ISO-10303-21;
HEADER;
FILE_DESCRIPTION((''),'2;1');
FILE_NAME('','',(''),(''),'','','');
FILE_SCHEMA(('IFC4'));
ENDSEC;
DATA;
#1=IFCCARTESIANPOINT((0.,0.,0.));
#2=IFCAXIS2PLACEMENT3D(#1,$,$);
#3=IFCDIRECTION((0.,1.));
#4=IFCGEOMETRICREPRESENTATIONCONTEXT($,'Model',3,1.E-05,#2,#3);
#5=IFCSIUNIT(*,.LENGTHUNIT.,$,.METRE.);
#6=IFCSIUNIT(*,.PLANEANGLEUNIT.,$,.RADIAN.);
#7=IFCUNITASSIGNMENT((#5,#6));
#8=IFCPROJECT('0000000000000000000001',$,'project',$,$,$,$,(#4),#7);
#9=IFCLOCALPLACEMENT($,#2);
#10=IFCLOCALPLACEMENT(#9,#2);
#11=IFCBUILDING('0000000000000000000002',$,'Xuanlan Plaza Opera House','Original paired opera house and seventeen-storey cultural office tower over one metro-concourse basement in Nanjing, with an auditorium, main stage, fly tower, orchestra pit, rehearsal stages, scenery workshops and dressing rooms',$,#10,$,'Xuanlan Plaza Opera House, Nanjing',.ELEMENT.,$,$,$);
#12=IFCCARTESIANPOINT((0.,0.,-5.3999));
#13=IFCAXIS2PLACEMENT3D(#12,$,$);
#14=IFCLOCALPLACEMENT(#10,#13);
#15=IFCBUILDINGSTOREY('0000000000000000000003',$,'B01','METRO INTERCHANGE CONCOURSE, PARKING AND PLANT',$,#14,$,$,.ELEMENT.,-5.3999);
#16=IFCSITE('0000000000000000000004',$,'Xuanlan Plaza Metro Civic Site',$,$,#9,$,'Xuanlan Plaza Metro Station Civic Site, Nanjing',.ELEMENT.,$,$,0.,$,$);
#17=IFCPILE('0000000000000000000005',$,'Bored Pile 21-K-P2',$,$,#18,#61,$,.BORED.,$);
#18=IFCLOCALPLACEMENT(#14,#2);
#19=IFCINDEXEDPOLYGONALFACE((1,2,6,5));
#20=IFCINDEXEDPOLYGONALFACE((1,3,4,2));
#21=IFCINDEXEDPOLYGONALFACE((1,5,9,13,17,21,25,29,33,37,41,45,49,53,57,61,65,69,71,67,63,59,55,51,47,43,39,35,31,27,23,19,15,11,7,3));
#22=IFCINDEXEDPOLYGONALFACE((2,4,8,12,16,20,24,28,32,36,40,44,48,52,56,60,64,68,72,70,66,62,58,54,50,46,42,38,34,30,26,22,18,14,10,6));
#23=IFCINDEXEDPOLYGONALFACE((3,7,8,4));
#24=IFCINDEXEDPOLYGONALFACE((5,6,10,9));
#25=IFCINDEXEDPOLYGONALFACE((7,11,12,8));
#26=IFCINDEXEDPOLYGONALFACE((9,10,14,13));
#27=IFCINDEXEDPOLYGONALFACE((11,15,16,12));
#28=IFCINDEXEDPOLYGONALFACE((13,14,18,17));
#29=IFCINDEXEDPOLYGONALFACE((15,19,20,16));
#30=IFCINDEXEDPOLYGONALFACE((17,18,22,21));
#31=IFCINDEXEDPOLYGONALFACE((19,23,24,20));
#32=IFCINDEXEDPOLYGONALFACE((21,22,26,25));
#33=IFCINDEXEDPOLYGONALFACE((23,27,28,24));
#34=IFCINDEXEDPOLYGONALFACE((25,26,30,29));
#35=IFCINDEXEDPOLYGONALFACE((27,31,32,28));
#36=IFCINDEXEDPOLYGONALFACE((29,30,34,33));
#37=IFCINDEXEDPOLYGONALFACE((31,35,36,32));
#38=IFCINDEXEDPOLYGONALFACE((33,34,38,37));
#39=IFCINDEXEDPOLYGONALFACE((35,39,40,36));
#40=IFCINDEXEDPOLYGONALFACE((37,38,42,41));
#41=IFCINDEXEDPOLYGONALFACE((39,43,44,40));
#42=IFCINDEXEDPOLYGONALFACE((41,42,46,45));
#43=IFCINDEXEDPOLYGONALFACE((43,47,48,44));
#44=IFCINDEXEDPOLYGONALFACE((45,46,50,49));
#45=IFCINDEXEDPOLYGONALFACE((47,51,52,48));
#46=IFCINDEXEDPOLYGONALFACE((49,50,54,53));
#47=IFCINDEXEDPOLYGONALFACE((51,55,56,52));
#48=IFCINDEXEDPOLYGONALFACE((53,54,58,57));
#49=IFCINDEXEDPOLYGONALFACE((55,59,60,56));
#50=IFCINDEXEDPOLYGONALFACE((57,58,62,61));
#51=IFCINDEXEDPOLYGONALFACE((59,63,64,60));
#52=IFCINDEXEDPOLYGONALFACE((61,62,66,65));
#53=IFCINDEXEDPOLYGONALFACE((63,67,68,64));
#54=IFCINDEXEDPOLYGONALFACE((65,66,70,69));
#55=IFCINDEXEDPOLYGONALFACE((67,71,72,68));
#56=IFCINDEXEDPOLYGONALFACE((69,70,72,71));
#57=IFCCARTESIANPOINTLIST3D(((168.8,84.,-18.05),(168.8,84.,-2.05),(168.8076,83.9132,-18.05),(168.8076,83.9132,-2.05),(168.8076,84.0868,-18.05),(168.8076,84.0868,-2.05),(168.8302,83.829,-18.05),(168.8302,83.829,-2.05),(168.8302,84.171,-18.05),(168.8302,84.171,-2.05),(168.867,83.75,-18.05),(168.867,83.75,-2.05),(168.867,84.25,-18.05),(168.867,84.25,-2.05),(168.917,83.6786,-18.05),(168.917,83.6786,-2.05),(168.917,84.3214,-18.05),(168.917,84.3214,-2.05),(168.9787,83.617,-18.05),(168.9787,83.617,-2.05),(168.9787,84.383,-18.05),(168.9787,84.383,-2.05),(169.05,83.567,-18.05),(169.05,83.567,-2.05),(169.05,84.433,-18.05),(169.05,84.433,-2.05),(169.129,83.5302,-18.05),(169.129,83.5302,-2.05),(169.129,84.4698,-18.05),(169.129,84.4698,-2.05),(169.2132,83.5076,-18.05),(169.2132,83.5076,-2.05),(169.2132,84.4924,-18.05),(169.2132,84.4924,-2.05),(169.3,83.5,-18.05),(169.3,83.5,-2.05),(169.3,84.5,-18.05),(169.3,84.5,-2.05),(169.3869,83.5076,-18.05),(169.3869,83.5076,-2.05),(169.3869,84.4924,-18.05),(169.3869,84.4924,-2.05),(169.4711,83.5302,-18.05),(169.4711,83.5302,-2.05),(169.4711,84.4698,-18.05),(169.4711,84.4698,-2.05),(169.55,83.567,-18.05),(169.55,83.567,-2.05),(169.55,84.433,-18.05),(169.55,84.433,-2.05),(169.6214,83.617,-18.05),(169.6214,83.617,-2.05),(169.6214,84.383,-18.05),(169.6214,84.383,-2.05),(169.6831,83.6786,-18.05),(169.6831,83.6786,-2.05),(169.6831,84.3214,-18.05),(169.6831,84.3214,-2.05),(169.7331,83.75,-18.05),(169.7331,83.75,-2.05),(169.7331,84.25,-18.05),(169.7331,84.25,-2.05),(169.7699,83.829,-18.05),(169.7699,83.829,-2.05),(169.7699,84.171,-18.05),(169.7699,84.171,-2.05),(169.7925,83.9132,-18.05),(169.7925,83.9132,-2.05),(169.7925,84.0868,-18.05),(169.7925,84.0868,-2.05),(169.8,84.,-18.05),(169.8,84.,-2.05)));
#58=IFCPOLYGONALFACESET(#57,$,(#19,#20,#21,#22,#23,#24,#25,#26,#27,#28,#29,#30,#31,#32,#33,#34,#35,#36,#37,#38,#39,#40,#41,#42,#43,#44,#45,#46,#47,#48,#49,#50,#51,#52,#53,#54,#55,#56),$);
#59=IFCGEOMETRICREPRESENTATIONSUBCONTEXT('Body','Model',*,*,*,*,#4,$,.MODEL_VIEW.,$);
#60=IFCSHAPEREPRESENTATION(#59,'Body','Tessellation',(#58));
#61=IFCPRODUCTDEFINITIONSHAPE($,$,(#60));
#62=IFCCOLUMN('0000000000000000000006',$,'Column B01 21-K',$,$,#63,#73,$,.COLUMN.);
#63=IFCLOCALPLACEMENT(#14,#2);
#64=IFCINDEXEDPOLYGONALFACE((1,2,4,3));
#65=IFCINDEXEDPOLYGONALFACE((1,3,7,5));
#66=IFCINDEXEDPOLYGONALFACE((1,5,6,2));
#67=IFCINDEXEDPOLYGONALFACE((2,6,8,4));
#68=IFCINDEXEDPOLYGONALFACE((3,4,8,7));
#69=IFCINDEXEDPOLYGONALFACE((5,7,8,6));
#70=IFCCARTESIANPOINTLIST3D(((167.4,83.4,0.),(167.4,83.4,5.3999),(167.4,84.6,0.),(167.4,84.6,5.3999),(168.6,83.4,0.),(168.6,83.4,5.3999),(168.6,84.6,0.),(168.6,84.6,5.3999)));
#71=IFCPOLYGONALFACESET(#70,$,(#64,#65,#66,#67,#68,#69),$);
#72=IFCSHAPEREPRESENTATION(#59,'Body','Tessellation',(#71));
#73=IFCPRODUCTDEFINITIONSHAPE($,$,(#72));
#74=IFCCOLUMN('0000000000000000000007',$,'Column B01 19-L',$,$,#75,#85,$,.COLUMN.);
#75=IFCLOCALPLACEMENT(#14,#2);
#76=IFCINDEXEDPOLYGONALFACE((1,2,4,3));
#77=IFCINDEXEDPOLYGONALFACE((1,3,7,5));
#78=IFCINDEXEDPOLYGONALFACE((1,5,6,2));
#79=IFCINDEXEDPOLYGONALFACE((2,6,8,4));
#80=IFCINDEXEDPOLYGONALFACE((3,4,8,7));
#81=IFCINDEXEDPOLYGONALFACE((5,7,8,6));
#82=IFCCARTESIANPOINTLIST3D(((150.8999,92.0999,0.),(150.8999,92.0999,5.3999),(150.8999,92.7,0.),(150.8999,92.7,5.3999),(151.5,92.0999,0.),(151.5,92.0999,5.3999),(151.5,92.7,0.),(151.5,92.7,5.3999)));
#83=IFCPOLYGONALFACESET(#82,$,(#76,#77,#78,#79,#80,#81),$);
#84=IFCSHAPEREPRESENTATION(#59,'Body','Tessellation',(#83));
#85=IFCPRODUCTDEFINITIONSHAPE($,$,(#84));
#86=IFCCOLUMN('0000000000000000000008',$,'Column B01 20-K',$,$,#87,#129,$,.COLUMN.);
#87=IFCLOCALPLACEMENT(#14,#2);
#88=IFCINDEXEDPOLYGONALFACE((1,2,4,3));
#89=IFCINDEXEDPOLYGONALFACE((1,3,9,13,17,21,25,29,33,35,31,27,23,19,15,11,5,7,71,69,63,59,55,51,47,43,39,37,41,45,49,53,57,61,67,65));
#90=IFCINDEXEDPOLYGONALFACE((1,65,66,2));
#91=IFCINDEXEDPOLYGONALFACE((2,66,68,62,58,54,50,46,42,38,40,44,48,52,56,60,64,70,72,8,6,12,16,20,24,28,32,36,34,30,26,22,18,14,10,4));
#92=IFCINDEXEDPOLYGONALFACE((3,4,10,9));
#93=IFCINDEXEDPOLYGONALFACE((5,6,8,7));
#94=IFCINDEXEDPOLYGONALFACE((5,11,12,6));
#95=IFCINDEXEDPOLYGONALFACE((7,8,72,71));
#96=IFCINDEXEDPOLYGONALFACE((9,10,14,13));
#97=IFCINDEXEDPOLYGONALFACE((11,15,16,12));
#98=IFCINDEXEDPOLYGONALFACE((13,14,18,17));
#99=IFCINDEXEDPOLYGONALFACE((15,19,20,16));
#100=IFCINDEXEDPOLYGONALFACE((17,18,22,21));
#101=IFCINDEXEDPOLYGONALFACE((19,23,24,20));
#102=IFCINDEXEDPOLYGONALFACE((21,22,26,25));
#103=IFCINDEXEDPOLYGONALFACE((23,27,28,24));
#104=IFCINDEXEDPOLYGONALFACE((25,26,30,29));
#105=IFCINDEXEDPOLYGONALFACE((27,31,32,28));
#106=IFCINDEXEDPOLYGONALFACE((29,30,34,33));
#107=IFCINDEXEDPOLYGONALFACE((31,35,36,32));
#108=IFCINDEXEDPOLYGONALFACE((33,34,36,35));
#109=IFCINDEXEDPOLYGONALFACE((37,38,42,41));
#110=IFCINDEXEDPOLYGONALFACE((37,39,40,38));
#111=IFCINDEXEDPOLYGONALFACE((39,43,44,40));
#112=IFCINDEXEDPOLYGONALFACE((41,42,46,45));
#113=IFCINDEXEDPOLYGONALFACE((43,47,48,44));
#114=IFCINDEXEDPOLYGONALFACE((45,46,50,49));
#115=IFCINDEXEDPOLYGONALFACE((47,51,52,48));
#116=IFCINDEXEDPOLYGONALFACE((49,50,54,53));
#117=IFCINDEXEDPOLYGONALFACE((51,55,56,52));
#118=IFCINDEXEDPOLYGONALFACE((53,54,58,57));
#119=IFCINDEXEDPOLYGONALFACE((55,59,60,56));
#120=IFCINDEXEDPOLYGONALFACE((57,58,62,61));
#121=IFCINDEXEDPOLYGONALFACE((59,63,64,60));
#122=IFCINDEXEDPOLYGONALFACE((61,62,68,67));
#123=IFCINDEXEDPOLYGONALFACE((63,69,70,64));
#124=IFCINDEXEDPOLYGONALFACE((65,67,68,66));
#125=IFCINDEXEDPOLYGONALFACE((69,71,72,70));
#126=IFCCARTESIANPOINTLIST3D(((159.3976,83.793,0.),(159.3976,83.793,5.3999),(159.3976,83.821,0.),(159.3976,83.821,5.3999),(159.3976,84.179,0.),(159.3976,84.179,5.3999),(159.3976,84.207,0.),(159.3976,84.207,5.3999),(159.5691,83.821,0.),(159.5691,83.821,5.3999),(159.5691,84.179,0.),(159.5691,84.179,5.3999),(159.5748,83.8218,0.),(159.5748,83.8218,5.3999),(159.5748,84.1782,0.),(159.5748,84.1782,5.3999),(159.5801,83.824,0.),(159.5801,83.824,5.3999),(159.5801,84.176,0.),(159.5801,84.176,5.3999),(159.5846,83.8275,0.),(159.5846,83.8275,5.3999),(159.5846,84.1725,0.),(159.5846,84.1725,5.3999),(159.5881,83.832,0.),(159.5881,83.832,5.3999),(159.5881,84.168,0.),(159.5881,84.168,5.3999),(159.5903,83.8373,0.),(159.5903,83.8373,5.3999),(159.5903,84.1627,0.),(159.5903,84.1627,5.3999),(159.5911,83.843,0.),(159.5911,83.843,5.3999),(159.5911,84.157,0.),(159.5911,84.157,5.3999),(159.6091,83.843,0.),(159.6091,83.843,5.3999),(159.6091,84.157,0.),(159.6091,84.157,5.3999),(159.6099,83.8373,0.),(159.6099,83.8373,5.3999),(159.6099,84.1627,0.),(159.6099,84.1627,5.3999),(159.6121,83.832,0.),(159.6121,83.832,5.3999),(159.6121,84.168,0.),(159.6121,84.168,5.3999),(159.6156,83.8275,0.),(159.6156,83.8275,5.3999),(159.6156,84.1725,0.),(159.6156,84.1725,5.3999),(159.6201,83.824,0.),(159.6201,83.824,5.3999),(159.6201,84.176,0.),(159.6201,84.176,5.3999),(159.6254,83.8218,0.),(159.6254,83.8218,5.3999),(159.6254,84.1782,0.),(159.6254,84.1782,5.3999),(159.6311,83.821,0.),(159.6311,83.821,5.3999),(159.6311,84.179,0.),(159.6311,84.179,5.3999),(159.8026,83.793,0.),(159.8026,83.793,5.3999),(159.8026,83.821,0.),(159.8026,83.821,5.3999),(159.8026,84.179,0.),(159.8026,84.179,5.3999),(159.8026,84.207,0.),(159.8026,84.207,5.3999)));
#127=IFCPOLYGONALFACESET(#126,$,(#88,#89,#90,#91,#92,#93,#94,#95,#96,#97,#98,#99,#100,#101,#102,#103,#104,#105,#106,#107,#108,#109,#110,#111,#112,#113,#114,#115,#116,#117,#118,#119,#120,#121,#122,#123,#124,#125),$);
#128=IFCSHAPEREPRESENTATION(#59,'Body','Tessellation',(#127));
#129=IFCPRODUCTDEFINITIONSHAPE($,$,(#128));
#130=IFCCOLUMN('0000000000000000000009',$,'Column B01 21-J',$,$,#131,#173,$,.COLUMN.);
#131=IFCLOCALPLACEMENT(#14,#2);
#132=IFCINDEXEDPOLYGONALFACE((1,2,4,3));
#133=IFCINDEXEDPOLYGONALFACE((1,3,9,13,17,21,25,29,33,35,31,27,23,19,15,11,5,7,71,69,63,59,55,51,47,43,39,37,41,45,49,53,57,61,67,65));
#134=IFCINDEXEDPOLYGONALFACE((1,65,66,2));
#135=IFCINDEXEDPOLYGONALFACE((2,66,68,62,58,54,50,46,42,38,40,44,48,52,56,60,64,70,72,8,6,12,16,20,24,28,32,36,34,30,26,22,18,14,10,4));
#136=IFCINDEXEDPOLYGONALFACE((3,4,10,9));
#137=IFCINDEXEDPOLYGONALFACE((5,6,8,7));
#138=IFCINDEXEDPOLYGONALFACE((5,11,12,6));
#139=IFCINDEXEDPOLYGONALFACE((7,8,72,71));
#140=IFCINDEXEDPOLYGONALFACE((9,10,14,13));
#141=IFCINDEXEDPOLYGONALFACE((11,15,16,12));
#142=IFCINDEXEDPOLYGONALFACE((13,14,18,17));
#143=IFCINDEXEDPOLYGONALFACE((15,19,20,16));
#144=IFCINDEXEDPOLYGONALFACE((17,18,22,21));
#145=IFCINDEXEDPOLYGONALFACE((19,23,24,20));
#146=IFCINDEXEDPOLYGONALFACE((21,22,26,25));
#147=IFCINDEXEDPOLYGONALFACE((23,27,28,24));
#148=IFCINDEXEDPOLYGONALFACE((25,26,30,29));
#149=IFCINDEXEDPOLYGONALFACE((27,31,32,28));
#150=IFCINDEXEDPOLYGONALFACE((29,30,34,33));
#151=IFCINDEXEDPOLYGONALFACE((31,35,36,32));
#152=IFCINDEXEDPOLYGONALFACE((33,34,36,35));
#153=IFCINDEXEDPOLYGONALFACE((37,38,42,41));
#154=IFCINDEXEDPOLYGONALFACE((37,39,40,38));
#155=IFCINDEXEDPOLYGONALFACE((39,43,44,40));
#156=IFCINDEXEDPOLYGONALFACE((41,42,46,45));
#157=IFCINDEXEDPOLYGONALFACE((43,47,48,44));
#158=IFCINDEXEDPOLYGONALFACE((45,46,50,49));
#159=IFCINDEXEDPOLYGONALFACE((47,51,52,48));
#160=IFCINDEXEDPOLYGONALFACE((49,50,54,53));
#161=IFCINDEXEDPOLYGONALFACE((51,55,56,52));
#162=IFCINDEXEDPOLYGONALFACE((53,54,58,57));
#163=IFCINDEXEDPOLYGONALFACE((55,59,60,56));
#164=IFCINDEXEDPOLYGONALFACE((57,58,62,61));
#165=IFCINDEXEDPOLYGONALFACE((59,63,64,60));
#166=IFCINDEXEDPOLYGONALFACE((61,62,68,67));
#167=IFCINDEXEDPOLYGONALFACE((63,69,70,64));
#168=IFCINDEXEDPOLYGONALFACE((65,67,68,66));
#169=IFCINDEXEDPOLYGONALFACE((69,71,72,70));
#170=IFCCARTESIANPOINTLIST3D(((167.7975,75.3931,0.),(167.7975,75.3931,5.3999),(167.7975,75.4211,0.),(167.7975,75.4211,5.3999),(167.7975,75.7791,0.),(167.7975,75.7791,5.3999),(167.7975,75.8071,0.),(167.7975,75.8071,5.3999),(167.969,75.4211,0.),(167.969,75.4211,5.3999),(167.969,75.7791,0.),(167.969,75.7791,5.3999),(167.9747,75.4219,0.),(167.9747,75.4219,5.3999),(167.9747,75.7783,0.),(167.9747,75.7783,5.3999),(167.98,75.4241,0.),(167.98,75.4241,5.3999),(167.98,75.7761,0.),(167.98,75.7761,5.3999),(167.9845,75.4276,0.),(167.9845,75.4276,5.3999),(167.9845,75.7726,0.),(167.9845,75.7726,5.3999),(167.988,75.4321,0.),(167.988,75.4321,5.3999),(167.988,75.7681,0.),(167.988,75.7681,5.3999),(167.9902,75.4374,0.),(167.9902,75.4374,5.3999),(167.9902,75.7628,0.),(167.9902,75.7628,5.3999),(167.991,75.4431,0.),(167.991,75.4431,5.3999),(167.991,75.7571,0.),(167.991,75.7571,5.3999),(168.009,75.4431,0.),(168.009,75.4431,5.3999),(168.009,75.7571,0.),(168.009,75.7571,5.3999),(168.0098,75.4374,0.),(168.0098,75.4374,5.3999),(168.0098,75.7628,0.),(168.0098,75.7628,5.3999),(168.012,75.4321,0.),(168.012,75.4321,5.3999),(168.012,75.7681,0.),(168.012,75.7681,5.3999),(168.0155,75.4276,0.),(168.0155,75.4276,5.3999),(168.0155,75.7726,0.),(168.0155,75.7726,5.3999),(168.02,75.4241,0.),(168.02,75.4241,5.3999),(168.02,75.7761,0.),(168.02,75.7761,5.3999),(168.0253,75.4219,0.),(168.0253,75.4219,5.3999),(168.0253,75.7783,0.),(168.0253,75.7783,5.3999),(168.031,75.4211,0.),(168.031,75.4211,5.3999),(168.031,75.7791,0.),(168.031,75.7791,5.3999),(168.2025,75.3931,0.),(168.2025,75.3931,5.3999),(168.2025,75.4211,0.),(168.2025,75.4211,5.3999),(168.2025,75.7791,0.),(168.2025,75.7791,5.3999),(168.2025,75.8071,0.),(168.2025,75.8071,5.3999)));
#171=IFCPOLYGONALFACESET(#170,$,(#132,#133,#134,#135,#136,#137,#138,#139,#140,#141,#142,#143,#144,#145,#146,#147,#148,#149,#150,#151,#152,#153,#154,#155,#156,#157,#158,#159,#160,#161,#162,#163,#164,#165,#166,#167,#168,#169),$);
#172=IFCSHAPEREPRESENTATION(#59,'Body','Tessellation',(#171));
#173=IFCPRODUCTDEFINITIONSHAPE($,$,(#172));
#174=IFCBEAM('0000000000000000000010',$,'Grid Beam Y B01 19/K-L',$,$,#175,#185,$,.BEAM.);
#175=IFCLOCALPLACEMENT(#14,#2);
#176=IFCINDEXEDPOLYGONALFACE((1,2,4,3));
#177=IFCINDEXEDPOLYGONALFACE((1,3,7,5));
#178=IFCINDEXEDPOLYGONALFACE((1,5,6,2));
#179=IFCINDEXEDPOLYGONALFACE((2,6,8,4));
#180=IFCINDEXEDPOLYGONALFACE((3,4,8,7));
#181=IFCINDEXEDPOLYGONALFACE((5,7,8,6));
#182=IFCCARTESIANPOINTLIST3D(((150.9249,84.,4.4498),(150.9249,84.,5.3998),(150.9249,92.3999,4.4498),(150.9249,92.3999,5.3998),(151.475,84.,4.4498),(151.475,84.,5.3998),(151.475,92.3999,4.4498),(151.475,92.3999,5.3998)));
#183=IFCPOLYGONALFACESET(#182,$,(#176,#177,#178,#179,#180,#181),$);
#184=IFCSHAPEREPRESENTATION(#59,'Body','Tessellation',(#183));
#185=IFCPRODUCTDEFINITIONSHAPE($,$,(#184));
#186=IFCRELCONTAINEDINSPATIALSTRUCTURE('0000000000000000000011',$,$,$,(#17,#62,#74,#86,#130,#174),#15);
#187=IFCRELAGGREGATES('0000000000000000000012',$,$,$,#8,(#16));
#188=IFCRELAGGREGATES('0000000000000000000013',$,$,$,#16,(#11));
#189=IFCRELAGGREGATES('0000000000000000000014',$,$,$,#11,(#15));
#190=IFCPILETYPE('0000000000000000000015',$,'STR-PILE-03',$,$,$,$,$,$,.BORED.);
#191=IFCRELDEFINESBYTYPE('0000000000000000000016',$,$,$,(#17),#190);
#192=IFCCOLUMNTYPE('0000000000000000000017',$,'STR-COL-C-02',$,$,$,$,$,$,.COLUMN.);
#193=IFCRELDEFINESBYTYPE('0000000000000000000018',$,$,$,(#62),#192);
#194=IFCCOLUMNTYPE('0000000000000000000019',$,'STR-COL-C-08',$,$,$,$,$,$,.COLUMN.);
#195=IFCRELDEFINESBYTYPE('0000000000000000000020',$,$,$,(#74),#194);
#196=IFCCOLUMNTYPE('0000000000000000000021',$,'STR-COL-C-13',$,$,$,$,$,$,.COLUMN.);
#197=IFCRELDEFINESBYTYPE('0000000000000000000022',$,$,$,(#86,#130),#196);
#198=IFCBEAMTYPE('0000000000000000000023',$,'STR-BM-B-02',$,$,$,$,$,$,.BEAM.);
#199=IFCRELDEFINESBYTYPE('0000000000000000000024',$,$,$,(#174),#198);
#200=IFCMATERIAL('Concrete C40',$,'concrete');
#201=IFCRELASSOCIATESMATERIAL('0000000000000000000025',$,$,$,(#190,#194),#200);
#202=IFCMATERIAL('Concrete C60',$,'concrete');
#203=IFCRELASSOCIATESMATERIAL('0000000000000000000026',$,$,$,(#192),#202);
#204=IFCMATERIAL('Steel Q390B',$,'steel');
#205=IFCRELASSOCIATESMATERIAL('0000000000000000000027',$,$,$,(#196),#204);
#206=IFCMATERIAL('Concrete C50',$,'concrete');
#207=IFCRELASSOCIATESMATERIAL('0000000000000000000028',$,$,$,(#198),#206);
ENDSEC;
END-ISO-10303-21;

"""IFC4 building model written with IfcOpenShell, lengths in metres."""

from ifc_helpers import new_model, si_unit, direction, frame, origin, origin_2d, place, context, subcontext, project, spatial, rectangle, circle, i_section, extrude, material, material_profile, profile_set, type_object, element, save


model = new_model("IFC4")

# Units and contexts
model_context = context("Model", 3, precision=1e-05, world=origin(), true_north=direction((0.0, 1.0)))
body_context = subcontext(model_context, "Body", "Model", "MODEL_VIEW")
ifc_project = project(units=[si_unit("LENGTHUNIT", "METRE"), si_unit("PLANEANGLEUNIT", "RADIAN")], contexts=[model_context])

# Site, building, storey
site_placement = place(None, origin())
site = spatial("IfcSite", under=ifc_project, at=site_placement, Name="Xuanlan Plaza Metro Civic Site", LongName="Xuanlan Plaza Metro Station Civic Site, Nanjing", CompositionType="ELEMENT", RefElevation=0.0)
building_placement = place(site_placement, origin())
building = spatial("IfcBuilding", under=site, at=building_placement, Name="Xuanlan Plaza Opera House", Description="Original paired opera house and seventeen-storey cultural office tower over one metro-concourse basement in Nanjing, with an auditorium, main stage, fly tower, orchestra pit, rehearsal stages, scenery workshops and dressing rooms", LongName="Xuanlan Plaza Opera House, Nanjing", CompositionType="ELEMENT")
storey_placement = place(building_placement, frame((0.0, 0.0, -5.3999)))
storey = spatial("IfcBuildingStorey", under=building, at=storey_placement, Name="B01", Description="METRO INTERCHANGE CONCOURSE, PARKING AND PLANT", CompositionType="ELEMENT", Elevation=-5.3999)

# Shared definitions
ifc_material_1 = material(Name="Concrete C40", Category="concrete")
ifc_material_2 = material(Name="Concrete C50", Category="concrete")

# Pile
ifc_material_profile_1 = material_profile(ifc_material_1, circle(Radius=0.5, at=origin_2d()), Name="PILE D1000")
ifc_profile_set_1 = profile_set([ifc_material_profile_1], Name="Concrete C40")
pile_type_1 = type_object("IfcPileType", Name="STR-PILE-03", PredefinedType="BORED", material=ifc_profile_set_1)
for number, where, z_axis, x_axis, name in (
    (1, (169.3, 84.0, -2.05), (0.0, 0.0, -1.0), (1.0, 0.0, 0.0), "Bored Pile 21-K-P2"),
):
    element("IfcPile", number, at=place(storey_placement, frame(where, z_axis=z_axis, x_axis=x_axis)), inside=storey, type_object=pile_type_1, Name=name, PredefinedType="BORED", context=body_context, shape_type="SweptSolid", body=[
        extrude(circle(Radius=0.5, at=origin_2d()), origin(), (0.0, 0.0, 1.0), 16.0),
    ])

# Columns
ifc_material_3 = material(Name="Concrete C60", Category="concrete")
ifc_material_profile_2 = material_profile(ifc_material_3, rectangle(XDim=1.2, YDim=1.2, at=origin_2d()), Name="RC-COL 1200x1200")
ifc_profile_set_2 = profile_set([ifc_material_profile_2], Name="Concrete C60")
column_type_1 = type_object("IfcColumnType", Name="STR-COL-C-02", PredefinedType="COLUMN", material=ifc_profile_set_2)
column_1_placement = place(storey_placement, frame((168.0, 84.0, 0.0), z_axis=(0.0, 0.0, 1.0), x_axis=(1.0, 0.0, 0.0)))
element("IfcColumn", 2, at=column_1_placement, inside=storey, type_object=column_type_1, Name="Column B01 21-K", PredefinedType="COLUMN", context=body_context, shape_type="SweptSolid", body=[
    extrude(rectangle(XDim=1.2, YDim=1.2, at=origin_2d()), origin(), (0.0, 0.0, 1.0), 5.3999),
])
ifc_material_profile_3 = material_profile(ifc_material_1, rectangle(XDim=0.6001, YDim=0.6001, at=origin_2d()), Name="RC-COL 600x600")
ifc_profile_set_3 = profile_set([ifc_material_profile_3], Name="Concrete C40")
column_type_2 = type_object("IfcColumnType", Name="STR-COL-C-08", PredefinedType="COLUMN", material=ifc_profile_set_3)
column_2_placement = place(storey_placement, frame((151.2, 92.3999, 0.0), z_axis=(0.0, 0.0, 1.0), x_axis=(1.0, 0.0, 0.0)))
element("IfcColumn", 3, at=column_2_placement, inside=storey, type_object=column_type_2, Name="Column B01 19-L", PredefinedType="COLUMN", context=body_context, shape_type="SweptSolid", body=[
    extrude(rectangle(XDim=0.6001, YDim=0.6001, at=origin_2d()), origin(), (0.0, 0.0, 1.0), 5.3999),
])
ifc_material_4 = material(Name="Steel Q390B", Category="steel")
ifc_material_profile_4 = material_profile(ifc_material_4, i_section(OverallWidth=0.405, OverallDepth=0.4141, WebThickness=0.0181, FlangeThickness=0.0281, FilletRadius=0.022, at=origin_2d()), Name="HW 414x405x18x28")
ifc_profile_set_4 = profile_set([ifc_material_profile_4], Name="Steel Q390B")
column_type_3 = type_object("IfcColumnType", Name="STR-COL-C-13", PredefinedType="COLUMN", material=ifc_profile_set_4)
for number, where, z_axis, x_axis, name in (
    (4, (159.6001, 84.0, 0.0), (0.0, 0.0, 1.0), (1.0, 0.0, 0.0), "Column B01 20-K"),
    (5, (168.0, 75.6001, 0.0), (0.0, 0.0, 1.0), (1.0, 0.0, 0.0), "Column B01 21-J"),
):
    element("IfcColumn", number, at=place(storey_placement, frame(where, z_axis=z_axis, x_axis=x_axis)), inside=storey, type_object=column_type_3, Name=name, PredefinedType="COLUMN", context=body_context, shape_type="SweptSolid", body=[
        extrude(i_section(OverallWidth=0.405, OverallDepth=0.4141, WebThickness=0.0181, FlangeThickness=0.0281, FilletRadius=0.022, at=origin_2d()), origin(), (0.0, 0.0, 1.0), 5.3999),
    ])

# Beam
ifc_material_profile_5 = material_profile(ifc_material_2, rectangle(XDim=0.55, YDim=0.95, at=origin_2d()), Name="RC-BM 550x950")
ifc_profile_set_5 = profile_set([ifc_material_profile_5], Name="Concrete C50")
beam_type_1 = type_object("IfcBeamType", Name="STR-BM-B-02", PredefinedType="BEAM", material=ifc_profile_set_5)
beam_1_placement = place(storey_placement, frame((151.2, 84.0, 4.9248), z_axis=(0.0, 1.0, 0.0), x_axis=(-1.0, 0.0, 0.0)))
element("IfcBeam", 6, at=beam_1_placement, inside=storey, type_object=beam_type_1, Name="Grid Beam Y B01 19/K-L", PredefinedType="BEAM", context=body_context, shape_type="SweptSolid", body=[
    extrude(rectangle(XDim=0.55, YDim=0.95, at=origin_2d()), origin(), (0.0, 0.0, 1.0), 8.3999),
])

save(model, "model.ifc")
